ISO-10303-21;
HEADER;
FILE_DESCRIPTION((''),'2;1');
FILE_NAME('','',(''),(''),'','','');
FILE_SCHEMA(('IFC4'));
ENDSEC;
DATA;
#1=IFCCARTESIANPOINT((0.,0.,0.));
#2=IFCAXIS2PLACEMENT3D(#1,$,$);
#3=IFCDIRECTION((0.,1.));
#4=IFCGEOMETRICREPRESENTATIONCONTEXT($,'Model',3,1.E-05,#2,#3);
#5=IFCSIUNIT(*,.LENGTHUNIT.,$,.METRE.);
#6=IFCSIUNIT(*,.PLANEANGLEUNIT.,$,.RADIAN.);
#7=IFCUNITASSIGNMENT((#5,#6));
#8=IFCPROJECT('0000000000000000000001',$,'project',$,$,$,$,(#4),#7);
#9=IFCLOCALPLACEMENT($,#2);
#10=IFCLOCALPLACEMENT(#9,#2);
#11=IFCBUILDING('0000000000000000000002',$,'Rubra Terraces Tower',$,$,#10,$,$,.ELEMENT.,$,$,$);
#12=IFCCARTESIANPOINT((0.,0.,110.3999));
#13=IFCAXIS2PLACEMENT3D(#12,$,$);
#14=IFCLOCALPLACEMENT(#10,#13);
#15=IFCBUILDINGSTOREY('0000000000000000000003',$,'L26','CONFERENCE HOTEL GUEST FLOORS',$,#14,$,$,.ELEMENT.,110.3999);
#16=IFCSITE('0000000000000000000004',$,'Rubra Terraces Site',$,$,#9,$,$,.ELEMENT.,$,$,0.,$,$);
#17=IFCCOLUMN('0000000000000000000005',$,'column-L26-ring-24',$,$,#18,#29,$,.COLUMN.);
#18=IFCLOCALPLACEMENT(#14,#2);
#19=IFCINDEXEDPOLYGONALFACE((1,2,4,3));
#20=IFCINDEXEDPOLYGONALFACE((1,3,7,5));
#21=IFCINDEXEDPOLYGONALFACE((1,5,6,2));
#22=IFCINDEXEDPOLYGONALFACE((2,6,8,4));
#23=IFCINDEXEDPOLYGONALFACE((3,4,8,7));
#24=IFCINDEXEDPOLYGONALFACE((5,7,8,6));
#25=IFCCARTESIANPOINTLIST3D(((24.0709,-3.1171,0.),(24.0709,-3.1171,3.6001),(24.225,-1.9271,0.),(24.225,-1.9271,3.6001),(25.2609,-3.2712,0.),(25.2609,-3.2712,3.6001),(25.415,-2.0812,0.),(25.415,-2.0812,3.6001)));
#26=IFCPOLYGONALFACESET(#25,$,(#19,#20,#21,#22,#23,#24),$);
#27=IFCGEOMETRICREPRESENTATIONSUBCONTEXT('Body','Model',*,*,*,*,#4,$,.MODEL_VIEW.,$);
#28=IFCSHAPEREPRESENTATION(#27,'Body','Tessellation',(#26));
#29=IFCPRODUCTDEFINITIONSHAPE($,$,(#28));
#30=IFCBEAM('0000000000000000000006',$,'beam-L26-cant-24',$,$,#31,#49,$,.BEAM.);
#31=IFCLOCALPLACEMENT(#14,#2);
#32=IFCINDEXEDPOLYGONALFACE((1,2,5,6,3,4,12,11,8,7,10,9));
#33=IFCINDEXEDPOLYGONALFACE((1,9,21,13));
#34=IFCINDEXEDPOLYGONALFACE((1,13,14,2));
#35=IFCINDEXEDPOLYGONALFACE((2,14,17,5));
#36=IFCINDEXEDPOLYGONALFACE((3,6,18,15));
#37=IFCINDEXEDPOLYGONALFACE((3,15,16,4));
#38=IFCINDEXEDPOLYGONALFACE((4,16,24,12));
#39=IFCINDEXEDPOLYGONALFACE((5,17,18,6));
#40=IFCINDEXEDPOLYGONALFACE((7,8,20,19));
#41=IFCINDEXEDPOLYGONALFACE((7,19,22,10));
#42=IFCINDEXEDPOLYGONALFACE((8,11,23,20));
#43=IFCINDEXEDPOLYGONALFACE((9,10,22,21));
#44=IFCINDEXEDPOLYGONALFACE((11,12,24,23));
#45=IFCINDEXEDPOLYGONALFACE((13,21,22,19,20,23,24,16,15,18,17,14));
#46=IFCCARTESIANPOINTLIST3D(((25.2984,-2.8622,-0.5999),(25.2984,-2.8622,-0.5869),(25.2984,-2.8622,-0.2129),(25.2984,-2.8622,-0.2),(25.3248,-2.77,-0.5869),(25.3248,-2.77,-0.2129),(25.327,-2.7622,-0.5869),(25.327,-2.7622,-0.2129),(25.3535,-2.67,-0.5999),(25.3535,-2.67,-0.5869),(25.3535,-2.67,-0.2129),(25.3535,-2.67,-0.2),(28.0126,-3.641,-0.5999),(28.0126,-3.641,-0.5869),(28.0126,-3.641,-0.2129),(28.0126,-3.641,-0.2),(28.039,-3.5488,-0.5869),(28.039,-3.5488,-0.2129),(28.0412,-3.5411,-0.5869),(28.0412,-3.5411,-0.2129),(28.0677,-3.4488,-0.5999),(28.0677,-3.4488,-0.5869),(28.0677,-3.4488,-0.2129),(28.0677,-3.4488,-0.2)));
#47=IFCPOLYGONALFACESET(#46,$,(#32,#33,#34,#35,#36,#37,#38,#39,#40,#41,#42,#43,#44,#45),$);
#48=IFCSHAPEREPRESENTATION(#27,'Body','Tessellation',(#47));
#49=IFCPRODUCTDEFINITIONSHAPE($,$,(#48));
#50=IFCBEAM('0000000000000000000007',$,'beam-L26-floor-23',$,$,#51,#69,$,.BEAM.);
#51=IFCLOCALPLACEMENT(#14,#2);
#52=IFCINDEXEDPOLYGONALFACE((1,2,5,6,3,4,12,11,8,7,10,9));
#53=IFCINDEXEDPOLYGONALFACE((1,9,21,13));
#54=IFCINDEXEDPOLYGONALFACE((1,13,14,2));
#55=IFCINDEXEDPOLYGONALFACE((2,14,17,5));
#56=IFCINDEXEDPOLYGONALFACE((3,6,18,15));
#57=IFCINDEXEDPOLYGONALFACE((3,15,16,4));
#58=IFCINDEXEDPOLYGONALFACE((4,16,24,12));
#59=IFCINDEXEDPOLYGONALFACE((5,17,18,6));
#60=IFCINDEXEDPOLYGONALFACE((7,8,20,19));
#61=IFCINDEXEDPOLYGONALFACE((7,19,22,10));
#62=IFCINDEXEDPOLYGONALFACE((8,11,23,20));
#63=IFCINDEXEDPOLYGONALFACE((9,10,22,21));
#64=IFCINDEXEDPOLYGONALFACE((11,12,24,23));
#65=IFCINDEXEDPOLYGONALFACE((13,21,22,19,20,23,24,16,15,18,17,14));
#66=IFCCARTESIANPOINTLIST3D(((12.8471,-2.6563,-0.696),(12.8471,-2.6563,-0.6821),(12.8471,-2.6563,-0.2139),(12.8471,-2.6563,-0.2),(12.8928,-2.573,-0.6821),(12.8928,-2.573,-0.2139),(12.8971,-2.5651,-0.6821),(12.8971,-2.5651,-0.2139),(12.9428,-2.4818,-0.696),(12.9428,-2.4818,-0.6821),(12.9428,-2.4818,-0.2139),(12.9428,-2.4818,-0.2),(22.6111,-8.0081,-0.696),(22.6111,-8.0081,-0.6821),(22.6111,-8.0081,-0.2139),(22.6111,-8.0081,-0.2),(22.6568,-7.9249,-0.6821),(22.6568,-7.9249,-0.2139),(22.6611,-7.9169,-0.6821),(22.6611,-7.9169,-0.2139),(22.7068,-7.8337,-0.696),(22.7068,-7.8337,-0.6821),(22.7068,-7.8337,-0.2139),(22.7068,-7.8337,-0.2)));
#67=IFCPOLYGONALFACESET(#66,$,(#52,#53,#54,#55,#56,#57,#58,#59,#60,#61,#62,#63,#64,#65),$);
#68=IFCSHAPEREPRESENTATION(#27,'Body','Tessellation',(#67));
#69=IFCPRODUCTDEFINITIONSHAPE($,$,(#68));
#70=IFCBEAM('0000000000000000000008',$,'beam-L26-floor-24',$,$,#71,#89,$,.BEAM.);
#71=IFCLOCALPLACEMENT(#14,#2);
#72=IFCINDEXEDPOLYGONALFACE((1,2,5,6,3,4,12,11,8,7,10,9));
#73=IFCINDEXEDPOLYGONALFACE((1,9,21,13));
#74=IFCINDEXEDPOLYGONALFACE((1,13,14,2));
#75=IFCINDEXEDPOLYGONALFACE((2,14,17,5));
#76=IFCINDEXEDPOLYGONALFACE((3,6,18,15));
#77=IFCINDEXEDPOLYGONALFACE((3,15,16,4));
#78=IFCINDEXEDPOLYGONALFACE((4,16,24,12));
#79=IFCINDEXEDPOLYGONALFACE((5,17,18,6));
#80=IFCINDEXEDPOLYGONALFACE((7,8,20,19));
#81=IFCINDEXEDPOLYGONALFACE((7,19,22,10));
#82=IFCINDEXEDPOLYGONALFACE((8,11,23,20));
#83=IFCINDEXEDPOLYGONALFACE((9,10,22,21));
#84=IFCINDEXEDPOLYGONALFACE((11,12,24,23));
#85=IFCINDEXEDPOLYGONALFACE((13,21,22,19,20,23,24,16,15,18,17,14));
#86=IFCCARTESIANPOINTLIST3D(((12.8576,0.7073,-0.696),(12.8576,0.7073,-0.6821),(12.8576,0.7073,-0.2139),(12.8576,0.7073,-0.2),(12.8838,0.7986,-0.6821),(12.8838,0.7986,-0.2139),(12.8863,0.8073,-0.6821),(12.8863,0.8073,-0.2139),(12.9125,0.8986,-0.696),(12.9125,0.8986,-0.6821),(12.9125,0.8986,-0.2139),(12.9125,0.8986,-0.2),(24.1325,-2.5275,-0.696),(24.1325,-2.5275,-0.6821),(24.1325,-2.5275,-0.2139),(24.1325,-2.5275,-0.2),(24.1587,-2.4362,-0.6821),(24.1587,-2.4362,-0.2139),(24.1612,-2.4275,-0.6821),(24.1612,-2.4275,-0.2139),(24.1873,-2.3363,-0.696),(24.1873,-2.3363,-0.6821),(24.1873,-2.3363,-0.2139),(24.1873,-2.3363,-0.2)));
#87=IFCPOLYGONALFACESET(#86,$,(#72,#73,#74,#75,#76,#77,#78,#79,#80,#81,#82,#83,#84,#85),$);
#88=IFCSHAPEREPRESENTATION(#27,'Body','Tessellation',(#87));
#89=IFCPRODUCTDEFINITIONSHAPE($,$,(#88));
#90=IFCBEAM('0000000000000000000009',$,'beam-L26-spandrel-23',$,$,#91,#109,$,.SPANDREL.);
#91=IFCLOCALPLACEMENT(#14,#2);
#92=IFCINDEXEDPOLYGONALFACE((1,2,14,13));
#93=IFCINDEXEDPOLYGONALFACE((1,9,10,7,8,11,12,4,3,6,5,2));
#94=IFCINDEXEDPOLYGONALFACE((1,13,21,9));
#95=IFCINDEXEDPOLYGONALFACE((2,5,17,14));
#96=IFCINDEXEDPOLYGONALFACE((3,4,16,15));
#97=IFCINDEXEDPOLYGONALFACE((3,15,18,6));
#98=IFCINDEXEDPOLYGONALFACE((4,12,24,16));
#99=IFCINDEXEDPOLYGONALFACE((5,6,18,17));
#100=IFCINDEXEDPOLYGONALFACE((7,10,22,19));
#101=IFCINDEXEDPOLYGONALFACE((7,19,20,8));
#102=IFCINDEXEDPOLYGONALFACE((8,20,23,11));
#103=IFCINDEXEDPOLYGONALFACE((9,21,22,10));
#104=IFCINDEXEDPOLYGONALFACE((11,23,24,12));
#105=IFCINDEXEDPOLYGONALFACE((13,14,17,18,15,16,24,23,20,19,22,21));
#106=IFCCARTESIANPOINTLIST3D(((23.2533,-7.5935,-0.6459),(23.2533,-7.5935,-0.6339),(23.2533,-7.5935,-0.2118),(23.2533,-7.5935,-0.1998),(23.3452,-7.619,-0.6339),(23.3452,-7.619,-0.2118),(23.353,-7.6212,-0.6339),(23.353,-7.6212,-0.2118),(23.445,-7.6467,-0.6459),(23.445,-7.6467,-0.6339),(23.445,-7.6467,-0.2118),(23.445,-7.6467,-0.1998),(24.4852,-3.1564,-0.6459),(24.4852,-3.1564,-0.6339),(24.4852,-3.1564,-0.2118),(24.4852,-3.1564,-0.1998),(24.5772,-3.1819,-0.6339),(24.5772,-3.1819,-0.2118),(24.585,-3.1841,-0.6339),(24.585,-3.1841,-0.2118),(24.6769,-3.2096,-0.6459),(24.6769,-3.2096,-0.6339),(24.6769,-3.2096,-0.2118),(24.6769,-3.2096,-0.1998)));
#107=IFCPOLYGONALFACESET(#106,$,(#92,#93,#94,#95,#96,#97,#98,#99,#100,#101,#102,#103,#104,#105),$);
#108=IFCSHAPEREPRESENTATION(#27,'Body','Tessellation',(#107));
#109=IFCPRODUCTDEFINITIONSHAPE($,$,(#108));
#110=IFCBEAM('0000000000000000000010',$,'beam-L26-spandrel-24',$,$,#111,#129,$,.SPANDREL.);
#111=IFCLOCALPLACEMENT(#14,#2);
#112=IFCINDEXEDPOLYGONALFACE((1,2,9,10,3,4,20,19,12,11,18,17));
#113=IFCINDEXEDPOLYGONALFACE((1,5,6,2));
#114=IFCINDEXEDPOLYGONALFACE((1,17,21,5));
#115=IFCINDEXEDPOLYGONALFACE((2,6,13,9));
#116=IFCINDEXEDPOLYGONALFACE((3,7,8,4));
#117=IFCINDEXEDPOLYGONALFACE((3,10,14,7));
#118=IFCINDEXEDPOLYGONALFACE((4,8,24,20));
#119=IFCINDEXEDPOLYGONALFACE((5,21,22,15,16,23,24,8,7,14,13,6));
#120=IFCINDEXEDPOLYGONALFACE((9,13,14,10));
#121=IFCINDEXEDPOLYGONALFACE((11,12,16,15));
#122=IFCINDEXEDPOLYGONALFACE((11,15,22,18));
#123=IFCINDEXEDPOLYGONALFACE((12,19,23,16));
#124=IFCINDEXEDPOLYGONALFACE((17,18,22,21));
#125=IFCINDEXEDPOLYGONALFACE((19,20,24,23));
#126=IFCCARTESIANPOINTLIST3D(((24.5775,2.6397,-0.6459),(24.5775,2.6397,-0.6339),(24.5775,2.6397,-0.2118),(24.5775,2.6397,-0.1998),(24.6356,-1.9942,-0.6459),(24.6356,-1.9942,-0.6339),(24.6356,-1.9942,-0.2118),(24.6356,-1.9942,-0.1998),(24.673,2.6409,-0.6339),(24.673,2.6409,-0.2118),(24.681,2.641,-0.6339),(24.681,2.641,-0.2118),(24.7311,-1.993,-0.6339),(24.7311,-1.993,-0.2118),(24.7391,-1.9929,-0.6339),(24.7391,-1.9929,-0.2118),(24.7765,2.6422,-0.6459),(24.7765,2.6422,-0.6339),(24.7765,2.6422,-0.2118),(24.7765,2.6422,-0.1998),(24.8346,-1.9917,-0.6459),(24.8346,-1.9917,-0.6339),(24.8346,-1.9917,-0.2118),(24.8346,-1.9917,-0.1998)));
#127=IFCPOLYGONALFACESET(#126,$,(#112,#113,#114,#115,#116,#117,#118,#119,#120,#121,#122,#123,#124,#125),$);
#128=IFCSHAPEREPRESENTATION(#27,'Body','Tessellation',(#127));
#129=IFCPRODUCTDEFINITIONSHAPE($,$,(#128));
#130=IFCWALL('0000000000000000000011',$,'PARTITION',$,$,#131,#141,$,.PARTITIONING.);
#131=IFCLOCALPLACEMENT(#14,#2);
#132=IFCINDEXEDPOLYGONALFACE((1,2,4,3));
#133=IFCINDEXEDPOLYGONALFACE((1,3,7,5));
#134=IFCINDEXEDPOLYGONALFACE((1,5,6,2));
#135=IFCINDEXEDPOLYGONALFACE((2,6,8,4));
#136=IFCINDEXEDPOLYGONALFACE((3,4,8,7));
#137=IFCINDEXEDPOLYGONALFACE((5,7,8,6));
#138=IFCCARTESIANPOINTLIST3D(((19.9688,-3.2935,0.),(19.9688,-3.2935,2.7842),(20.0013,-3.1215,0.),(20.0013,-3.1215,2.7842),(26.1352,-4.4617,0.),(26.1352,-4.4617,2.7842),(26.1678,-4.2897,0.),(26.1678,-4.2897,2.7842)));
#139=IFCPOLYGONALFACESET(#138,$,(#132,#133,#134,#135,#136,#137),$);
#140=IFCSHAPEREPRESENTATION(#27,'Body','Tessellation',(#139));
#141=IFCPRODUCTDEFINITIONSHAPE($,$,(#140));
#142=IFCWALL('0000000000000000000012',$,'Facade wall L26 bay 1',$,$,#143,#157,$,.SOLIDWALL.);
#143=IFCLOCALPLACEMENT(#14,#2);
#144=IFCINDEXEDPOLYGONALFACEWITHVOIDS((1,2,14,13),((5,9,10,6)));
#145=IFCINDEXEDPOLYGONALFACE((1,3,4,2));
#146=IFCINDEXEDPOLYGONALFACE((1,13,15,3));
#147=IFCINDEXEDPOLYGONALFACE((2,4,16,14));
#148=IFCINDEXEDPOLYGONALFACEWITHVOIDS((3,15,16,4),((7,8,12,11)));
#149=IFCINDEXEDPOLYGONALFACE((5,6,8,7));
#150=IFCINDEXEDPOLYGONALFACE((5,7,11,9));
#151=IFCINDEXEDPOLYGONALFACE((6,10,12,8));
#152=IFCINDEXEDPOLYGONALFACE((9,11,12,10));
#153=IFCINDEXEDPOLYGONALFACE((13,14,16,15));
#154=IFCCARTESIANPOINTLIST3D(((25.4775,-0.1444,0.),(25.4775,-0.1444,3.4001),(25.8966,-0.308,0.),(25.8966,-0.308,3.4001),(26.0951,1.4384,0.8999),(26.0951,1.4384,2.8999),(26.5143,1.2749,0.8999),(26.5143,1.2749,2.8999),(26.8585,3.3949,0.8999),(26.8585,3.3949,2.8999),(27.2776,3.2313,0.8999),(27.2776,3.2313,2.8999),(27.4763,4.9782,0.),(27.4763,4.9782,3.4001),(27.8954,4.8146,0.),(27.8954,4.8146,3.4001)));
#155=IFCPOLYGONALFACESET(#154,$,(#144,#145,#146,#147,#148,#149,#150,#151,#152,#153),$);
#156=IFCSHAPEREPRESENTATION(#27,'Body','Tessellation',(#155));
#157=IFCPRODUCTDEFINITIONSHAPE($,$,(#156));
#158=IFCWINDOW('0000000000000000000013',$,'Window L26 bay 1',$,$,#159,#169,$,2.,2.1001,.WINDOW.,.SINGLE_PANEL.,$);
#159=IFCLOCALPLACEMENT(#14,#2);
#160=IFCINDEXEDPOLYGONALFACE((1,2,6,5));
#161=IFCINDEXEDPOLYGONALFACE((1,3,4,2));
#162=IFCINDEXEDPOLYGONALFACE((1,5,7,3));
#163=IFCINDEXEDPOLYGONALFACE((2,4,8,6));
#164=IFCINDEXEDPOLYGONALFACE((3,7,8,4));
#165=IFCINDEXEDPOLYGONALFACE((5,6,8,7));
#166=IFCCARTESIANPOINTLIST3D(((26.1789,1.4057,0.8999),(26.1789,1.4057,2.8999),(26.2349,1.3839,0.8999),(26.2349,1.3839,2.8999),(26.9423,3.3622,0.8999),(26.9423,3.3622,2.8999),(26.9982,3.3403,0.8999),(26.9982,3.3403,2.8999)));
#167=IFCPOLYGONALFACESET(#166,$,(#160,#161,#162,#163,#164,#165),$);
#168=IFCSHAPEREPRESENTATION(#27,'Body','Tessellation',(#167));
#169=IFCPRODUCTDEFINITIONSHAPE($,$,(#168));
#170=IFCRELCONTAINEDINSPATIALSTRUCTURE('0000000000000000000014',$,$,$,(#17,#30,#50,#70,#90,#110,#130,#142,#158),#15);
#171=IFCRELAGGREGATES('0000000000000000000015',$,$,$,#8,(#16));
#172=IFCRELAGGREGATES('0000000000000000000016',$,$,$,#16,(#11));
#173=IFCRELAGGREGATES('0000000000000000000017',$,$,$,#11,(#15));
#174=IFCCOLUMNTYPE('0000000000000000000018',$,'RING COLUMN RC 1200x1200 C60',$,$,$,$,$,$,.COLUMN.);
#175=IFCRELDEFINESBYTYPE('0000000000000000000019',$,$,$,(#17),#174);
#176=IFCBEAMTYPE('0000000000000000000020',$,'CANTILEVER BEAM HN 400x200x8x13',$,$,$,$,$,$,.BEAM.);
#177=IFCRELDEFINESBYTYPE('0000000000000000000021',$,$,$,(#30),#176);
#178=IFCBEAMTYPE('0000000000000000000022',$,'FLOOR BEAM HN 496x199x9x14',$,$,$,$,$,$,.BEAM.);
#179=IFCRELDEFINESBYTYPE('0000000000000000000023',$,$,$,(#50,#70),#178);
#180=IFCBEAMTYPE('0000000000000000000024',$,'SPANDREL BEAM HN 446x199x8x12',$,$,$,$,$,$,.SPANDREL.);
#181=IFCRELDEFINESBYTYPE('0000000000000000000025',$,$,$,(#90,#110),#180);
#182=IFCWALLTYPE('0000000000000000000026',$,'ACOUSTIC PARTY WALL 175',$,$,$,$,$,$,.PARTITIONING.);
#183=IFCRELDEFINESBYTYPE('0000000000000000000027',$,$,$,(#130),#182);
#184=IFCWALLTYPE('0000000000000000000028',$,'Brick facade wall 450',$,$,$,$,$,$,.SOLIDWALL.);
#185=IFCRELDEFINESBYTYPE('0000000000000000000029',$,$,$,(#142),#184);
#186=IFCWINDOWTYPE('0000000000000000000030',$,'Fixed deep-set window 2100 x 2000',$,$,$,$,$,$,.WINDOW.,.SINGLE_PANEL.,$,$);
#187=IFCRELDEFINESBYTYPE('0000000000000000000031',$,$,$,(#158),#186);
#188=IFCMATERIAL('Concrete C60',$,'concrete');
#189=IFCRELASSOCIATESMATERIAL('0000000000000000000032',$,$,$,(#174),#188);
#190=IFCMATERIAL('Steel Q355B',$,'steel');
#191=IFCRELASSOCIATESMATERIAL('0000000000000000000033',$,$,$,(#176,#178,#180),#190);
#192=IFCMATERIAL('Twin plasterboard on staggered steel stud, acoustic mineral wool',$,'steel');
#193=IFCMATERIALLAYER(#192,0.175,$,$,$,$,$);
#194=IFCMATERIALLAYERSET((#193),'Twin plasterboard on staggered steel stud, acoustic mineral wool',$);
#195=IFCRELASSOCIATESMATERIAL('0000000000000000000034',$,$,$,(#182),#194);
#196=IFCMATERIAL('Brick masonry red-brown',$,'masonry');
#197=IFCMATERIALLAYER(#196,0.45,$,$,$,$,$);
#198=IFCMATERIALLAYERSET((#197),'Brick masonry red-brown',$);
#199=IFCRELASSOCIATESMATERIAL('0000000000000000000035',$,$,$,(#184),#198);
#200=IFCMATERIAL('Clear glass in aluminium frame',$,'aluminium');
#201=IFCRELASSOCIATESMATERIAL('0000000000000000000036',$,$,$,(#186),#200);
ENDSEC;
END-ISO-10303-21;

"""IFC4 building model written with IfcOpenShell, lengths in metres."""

from ifc_helpers import new_model, si_unit, direction, frame, frame_2d, origin, origin_2d, place, context, subcontext, project, spatial, rectangle, i_section, extrude, material, layer, layer_set, material_profile, profile_set, type_object, element, fill, save


model = new_model("IFC4")

# Units and contexts
model_context = context("Model", 3, precision=1e-05, world=origin(), true_north=direction((0.0, 1.0)))
body_context = subcontext(model_context, "Body", "Model", "MODEL_VIEW")
ifc_project = project(units=[si_unit("LENGTHUNIT", "METRE"), si_unit("PLANEANGLEUNIT", "RADIAN")], contexts=[model_context])

# Site, building, storey
site_placement = place(None, origin())
site = spatial("IfcSite", under=ifc_project, at=site_placement, Name="Rubra Terraces Site", CompositionType="ELEMENT", RefElevation=0.0)
building_placement = place(site_placement, origin())
building = spatial("IfcBuilding", under=site, at=building_placement, Name="Rubra Terraces Tower", CompositionType="ELEMENT")
storey_placement = place(building_placement, frame((0.0, 0.0, 110.3999)))
storey = spatial("IfcBuildingStorey", under=building, at=storey_placement, Name="L26", Description="CONFERENCE HOTEL GUEST FLOORS", CompositionType="ELEMENT", Elevation=110.3999)

# Column
ifc_material_1 = material(Name="Concrete C60", Category="concrete")
ifc_material_profile_1 = material_profile(ifc_material_1, rectangle(XDim=1.2, YDim=1.2, at=origin_2d()), Name="RC 1200x1200")
ifc_profile_set_1 = profile_set([ifc_material_profile_1], Name="Concrete C60")
column_type = type_object("IfcColumnType", Name="RING COLUMN RC 1200x1200 C60", PredefinedType="COLUMN", material=ifc_profile_set_1)
column_placement = place(storey_placement, frame((24.7429, -2.5991, 0.0), z_axis=(0.0, 0.0, 1.0), x_axis=(0.128444, 0.991717, 0.0)))
element("IfcColumn", 1, at=column_placement, inside=storey, type_object=column_type, Name="column-L26-ring-24", PredefinedType="COLUMN", context=body_context, shape_type="SweptSolid", body=[
    extrude(rectangle(XDim=1.2, YDim=1.2, at=origin_2d()), origin(), (0.0, 0.0, 1.0), 3.6001),
])

# Beams
ifc_material_2 = material(Name="Steel Q355B", Category="steel")
ifc_material_profile_2 = material_profile(ifc_material_2, i_section(OverallWidth=0.2, OverallDepth=0.3999, WebThickness=0.0081, FlangeThickness=0.0129, at=origin_2d()), Name="HN 400x200x8x13")
ifc_profile_set_2 = profile_set([ifc_material_profile_2], Name="Steel Q355B")
beam_type_1 = type_object("IfcBeamType", Name="CANTILEVER BEAM HN 400x200x8x13", PredefinedType="BEAM", material=ifc_profile_set_2)
beam_1_placement = place(storey_placement, frame((25.3259, -2.7661, -0.3999), z_axis=(0.96121, -0.275817, 0.0), x_axis=(0.275817, 0.96121, 0.0)))
element("IfcBeam", 2, at=beam_1_placement, inside=storey, type_object=beam_type_1, Name="beam-L26-cant-24", PredefinedType="BEAM", context=body_context, shape_type="SweptSolid", body=[
    extrude(i_section(OverallWidth=0.2, OverallDepth=0.3999, WebThickness=0.0081, FlangeThickness=0.0129, at=origin_2d()), origin(), (0.0, 0.0, 1.0), 2.8237),
])
ifc_material_profile_3 = material_profile(ifc_material_2, i_section(OverallWidth=0.199, OverallDepth=0.4961, WebThickness=0.009, FlangeThickness=0.0139, at=origin_2d()), Name="HN 496x199x9x14")
ifc_profile_set_3 = profile_set([ifc_material_profile_3], Name="Steel Q355B")
beam_type_2 = type_object("IfcBeamType", Name="FLOOR BEAM HN 496x199x9x14", PredefinedType="BEAM", material=ifc_profile_set_3)
beam_2_placement = place(storey_placement, frame((22.6589, -7.9209, -0.448), z_axis=(-0.876911, 0.480653, 0.0), x_axis=(-0.480653, -0.876911, 0.0)))
element("IfcBeam", 3, at=beam_2_placement, inside=storey, type_object=beam_type_2, Name="beam-L26-floor-23", PredefinedType="BEAM", context=body_context, shape_type="SweptSolid", body=[
    extrude(i_section(OverallWidth=0.199, OverallDepth=0.4961, WebThickness=0.009, FlangeThickness=0.0139, at=origin_2d()), origin(), (0.0, 0.0, 1.0), 11.1345),
])
beam_3_placement = place(storey_placement, frame((24.1599, -2.4319, -0.448), z_axis=(-0.96122, 0.275782, 0.0), x_axis=(-0.275782, -0.96122, 0.0)))
element("IfcBeam", 4, at=beam_3_placement, inside=storey, type_object=beam_type_2, Name="beam-L26-floor-24", PredefinedType="BEAM", context=body_context, shape_type="SweptSolid", body=[
    extrude(i_section(OverallWidth=0.199, OverallDepth=0.4961, WebThickness=0.009, FlangeThickness=0.0139, at=origin_2d()), origin(), (0.0, 0.0, 1.0), 11.7297),
])
ifc_material_profile_4 = material_profile(ifc_material_2, i_section(OverallWidth=0.199, OverallDepth=0.446, WebThickness=0.0081, FlangeThickness=0.012, at=origin_2d()), Name="HN 446x199x8x12")
ifc_profile_set_4 = profile_set([ifc_material_profile_4], Name="Steel Q355B")
beam_type_3 = type_object("IfcBeamType", Name="SPANDREL BEAM HN 446x199x8x12", PredefinedType="SPANDREL", material=ifc_profile_set_4)
beam_4_placement = place(storey_placement, frame((23.3491, -7.6201, -0.4229), z_axis=(0.267529, 0.96355, 0.0), x_axis=(-0.96355, 0.267529, 0.0)))
element("IfcBeam", 5, at=beam_4_placement, inside=storey, type_object=beam_type_3, Name="beam-L26-spandrel-23", PredefinedType="SPANDREL", context=body_context, shape_type="SweptSolid", body=[
    extrude(i_section(OverallWidth=0.199, OverallDepth=0.446, WebThickness=0.0081, FlangeThickness=0.012, at=origin_2d()), origin(), (0.0, 0.0, 1.0), 4.605),
])
beam_5_placement = place(storey_placement, frame((24.7351, -1.9929, -0.4229), z_axis=(-0.012538, 0.999921, 0.0), x_axis=(-0.999921, -0.012538, 0.0)))
element("IfcBeam", 6, at=beam_5_placement, inside=storey, type_object=beam_type_3, Name="beam-L26-spandrel-24", PredefinedType="SPANDREL", context=body_context, shape_type="SweptSolid", body=[
    extrude(i_section(OverallWidth=0.199, OverallDepth=0.446, WebThickness=0.0081, FlangeThickness=0.012, at=origin_2d()), origin(), (0.0, 0.0, 1.0), 4.6343),
])

# Wall
ifc_material_3 = material(Name="Twin plasterboard on staggered steel stud, acoustic mineral wool", Category="steel")
ifc_layer_1 = layer(ifc_material_3, 0.175)
ifc_layer_set_1 = layer_set([ifc_layer_1], Name="Twin plasterboard on staggered steel stud, acoustic mineral wool")
wall_type_1 = type_object("IfcWallType", Name="ACOUSTIC PARTY WALL 175", PredefinedType="PARTITIONING", material=ifc_layer_set_1)
wall_1_placement = place(storey_placement, frame((26.1516, -4.3757, 0.0), z_axis=(0.0, 0.0, 1.0), x_axis=(-0.982524, 0.186134, 0.0)))
element("IfcWall", 7, at=wall_1_placement, inside=storey, type_object=wall_type_1, Name="PARTITION", PredefinedType="PARTITIONING", context=body_context, shape_type="SweptSolid", body=[
    extrude(rectangle(XDim=6.2761, YDim=0.175, at=frame_2d((3.1382, 0.0))), origin(), (0.0, 0.0, 1.0), 2.7842),
])

# Wall, opening, window
ifc_material_4 = material(Name="Brick masonry red-brown", Category="masonry")
ifc_layer_2 = layer(ifc_material_4, 0.45)
ifc_layer_set_2 = layer_set([ifc_layer_2], Name="Brick masonry red-brown")
wall_type_2 = type_object("IfcWallType", Name="Brick facade wall 450", PredefinedType="SOLIDWALL", material=ifc_layer_set_2)
wall_2_placement = place(storey_placement, frame((25.687, -0.2263, 0.0), z_axis=(0.0, 0.0, 1.0), x_axis=(0.3635, 0.931594, 0.0)))
wall_2 = element("IfcWall", 8, at=wall_2_placement, inside=storey, type_object=wall_type_2, Name="Facade wall L26 bay 1", PredefinedType="SOLIDWALL", context=body_context, shape_type="SweptSolid", body=[
    extrude(rectangle(XDim=5.4988, YDim=0.45, at=frame_2d((2.7495, 0.0))), origin(), (0.0, 0.0, 1.0), 3.4001),
])
opening_1_placement = place(wall_2_placement, frame((1.6992, 0.0, 0.8999)))
opening_1 = element("IfcOpeningElement", 9, at=opening_1_placement, cuts=wall_2, PredefinedType="OPENING", context=body_context, shape_type="SweptSolid", body=[
    extrude(rectangle(XDim=2.1001, YDim=2.0, at=frame_2d((1.05, 1.0))), frame((0.0, 0.2349, 0.0), z_axis=(0.0, -1.0, 0.0), x_axis=(1.0, 0.0, 0.0)), (0.0, 0.0, 1.0), 0.47),
])
ifc_material_5 = material(Name="Clear glass in aluminium frame", Category="aluminium")
window_type = type_object("IfcWindowType", Name="Fixed deep-set window 2100 x 2000", PartitioningType="SINGLE_PANEL", PredefinedType="WINDOW", material=ifc_material_5)
window_1_placement = place(opening_1_placement, origin())
window_1 = element("IfcWindow", 10, at=window_1_placement, inside=storey, type_object=window_type, Name="Window L26 bay 1", OverallHeight=2.0, OverallWidth=2.1001, PartitioningType="SINGLE_PANEL", PredefinedType="WINDOW", context=body_context, shape_type="SweptSolid", body=[
    extrude(rectangle(XDim=2.1001, YDim=2.0, at=frame_2d((1.05, 1.0))), frame((0.0, 0.135, 0.0), z_axis=(0.0, -1.0, 0.0), x_axis=(1.0, 0.0, 0.0)), (0.0, 0.0, 1.0), 0.0601),
])
fill(opening_1, window_1)

save(model, "model.ifc")
